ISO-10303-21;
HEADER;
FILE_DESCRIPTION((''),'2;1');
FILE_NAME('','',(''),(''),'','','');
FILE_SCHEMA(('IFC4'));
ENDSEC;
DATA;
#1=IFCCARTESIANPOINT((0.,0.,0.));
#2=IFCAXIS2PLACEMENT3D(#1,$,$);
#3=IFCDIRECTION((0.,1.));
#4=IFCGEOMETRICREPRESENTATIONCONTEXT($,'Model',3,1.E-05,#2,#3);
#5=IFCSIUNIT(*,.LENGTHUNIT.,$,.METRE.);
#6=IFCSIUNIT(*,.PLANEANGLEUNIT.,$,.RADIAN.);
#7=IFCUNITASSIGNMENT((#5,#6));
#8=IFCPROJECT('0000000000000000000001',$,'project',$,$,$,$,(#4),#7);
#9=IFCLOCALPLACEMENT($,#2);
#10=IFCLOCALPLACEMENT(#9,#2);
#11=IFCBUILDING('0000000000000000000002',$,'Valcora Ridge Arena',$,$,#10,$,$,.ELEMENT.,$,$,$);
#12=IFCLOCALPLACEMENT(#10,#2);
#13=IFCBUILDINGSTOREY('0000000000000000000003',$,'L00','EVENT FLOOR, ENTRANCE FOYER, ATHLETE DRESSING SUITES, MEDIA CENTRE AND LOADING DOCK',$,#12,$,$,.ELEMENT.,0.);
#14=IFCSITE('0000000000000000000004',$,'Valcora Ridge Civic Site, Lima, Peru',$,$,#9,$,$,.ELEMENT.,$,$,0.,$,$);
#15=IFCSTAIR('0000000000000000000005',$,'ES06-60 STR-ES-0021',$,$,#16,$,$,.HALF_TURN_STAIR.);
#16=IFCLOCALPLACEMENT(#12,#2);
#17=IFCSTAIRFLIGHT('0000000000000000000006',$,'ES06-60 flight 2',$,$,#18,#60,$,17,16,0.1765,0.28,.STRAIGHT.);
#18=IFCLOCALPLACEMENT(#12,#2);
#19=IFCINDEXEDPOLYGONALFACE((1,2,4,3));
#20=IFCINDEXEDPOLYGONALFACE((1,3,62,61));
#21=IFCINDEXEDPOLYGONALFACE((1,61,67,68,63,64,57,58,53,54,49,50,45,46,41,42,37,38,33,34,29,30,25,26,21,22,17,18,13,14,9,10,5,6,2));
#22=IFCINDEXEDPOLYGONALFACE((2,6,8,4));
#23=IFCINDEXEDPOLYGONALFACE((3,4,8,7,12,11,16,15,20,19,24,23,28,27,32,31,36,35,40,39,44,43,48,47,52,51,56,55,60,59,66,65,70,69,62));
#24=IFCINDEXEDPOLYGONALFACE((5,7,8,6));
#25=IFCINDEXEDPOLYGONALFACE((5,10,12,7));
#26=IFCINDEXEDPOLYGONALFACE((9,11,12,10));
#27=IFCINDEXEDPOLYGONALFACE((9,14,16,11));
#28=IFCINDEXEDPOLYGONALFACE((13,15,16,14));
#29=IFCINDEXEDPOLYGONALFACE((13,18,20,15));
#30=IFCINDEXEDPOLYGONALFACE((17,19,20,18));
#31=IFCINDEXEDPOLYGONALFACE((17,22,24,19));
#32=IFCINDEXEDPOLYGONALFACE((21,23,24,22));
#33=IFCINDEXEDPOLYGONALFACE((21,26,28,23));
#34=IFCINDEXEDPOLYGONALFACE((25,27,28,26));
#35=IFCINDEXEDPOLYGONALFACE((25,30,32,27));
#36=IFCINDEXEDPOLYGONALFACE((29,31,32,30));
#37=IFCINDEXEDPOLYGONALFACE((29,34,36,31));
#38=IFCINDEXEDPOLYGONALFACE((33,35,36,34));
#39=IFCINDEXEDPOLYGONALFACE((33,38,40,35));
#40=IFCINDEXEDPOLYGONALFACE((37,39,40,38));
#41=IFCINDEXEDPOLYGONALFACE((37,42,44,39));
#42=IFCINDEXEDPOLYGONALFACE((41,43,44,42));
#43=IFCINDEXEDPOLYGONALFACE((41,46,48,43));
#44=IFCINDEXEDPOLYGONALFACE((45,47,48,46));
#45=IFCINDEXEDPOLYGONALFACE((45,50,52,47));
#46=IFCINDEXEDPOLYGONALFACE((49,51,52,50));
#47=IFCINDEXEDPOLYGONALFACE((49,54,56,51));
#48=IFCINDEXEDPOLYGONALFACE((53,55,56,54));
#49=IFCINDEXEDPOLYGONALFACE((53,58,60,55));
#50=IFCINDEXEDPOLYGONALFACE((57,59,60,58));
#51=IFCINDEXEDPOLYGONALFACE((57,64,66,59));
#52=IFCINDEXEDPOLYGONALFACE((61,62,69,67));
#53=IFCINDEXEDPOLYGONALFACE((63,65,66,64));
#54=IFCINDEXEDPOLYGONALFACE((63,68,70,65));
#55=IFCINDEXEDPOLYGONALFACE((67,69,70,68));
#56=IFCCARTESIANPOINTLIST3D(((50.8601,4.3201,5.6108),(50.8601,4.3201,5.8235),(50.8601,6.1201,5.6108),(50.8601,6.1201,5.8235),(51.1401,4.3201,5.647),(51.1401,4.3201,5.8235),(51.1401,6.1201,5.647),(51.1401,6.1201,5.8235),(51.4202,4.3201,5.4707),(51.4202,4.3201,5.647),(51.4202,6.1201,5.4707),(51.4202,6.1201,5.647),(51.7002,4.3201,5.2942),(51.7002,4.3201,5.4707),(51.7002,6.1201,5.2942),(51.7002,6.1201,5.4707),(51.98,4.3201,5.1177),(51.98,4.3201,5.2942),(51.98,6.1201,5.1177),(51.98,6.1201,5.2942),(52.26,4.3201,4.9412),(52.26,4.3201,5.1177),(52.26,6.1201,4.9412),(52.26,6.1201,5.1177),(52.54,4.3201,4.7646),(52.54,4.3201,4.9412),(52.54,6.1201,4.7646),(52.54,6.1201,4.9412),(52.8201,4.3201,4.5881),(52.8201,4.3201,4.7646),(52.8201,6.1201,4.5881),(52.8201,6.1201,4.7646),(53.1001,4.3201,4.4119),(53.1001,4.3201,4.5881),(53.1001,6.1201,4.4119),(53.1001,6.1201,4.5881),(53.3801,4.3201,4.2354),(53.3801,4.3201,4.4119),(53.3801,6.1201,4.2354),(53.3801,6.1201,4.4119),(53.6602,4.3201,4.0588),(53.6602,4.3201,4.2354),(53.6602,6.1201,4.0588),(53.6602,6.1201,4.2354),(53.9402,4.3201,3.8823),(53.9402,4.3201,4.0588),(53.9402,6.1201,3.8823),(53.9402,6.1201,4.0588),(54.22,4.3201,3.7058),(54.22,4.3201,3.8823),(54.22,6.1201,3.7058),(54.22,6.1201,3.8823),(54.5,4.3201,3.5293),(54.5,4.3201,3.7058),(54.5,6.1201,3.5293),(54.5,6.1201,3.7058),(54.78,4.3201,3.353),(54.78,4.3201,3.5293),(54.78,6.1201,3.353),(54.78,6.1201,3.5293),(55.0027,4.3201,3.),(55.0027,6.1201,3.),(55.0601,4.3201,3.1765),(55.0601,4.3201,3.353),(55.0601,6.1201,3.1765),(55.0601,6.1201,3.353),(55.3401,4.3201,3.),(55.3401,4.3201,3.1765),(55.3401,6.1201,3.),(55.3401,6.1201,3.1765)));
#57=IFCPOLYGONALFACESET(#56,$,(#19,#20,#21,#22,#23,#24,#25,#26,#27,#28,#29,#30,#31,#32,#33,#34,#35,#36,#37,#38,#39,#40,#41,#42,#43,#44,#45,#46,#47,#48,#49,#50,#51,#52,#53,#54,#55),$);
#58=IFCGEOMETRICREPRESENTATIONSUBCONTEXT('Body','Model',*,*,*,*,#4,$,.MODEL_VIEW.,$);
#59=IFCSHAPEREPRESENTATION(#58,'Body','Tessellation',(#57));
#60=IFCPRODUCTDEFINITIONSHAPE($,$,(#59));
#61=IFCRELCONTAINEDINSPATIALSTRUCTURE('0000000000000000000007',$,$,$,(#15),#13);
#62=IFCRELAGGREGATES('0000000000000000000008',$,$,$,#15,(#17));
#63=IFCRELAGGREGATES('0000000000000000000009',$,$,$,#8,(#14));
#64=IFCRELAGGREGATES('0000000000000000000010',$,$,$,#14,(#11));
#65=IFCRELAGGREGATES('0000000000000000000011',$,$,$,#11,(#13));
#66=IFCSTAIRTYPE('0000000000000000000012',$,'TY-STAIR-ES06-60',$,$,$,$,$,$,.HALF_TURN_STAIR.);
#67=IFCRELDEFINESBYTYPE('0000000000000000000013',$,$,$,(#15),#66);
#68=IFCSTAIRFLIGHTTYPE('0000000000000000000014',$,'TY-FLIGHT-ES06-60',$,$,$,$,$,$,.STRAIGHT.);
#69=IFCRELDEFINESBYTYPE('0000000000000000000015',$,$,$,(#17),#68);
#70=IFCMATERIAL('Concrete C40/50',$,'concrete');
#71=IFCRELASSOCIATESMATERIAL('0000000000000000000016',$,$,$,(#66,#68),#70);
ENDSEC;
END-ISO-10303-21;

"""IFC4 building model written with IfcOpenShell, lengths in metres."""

from ifc_helpers import new_model, si_unit, direction, frame, origin, place, context, subcontext, project, spatial, polyline, outline, extrude, material, type_object, element, aggregate, save


model = new_model("IFC4")

# Units and contexts
model_context = context("Model", 3, precision=1e-05, world=origin(), true_north=direction((0.0, 1.0)))
body_context = subcontext(model_context, "Body", "Model", "MODEL_VIEW")
ifc_project = project(units=[si_unit("LENGTHUNIT", "METRE"), si_unit("PLANEANGLEUNIT", "RADIAN")], contexts=[model_context])

# Site, building, storey
site_placement = place(None, origin())
site = spatial("IfcSite", under=ifc_project, at=site_placement, Name="Valcora Ridge Civic Site, Lima, Peru", CompositionType="ELEMENT", RefElevation=0.0)
building_placement = place(site_placement, origin())
building = spatial("IfcBuilding", under=site, at=building_placement, Name="Valcora Ridge Arena", CompositionType="ELEMENT")
storey_placement = place(building_placement, origin())
storey = spatial("IfcBuildingStorey", under=building, at=storey_placement, Name="L00", Description="EVENT FLOOR, ENTRANCE FOYER, ATHLETE DRESSING SUITES, MEDIA CENTRE AND LOADING DOCK", CompositionType="ELEMENT", Elevation=0.0)

# Shared definitions
ifc_material_1 = material(Name="Concrete C40/50", Category="concrete")

# Stair, stair flight
stair_type = type_object("IfcStairType", Name="TY-STAIR-ES06-60", PredefinedType="HALF_TURN_STAIR", material=ifc_material_1)
stair_placement = place(storey_placement, origin())
stair = element("IfcStair", 1, at=stair_placement, inside=storey, type_object=stair_type, Name="ES06-60 STR-ES-0021", PredefinedType="HALF_TURN_STAIR")
stair_flight_type = type_object("IfcStairFlightType", Name="TY-FLIGHT-ES06-60", PredefinedType="STRAIGHT", material=ifc_material_1)
stair_flight_placement = place(storey_placement, frame((55.3401, 5.22, 3.0), z_axis=(0.0, 0.0, 1.0), x_axis=(-1.0, 0.0, 0.0)))
stair_flight = element("IfcStairFlight", 2, at=stair_flight_placement, type_object=stair_flight_type, Name="ES06-60 flight 2", NumberOfRisers=17, NumberOfTreads=16, PredefinedType="STRAIGHT", RiserHeight=0.1765, TreadLength=0.28, context=body_context, shape_type="SweptSolid", body=[
    extrude(outline(polyline([(0.0, 0.0), (0.0, 0.1765), (0.28, 0.1765), (0.28, 0.353), (0.5601, 0.353), (0.5601, 0.5293), (0.8401, 0.5293), (0.8401, 0.7058), (1.1201, 0.7058), (1.1201, 0.8823), (1.3999, 0.8823), (1.3999, 1.0588), (1.6799, 1.0588), (1.6799, 1.2354), (1.96, 1.2354), (1.96, 1.4119), (2.24, 1.4119), (2.24, 1.5881), (2.52, 1.5881), (2.52, 1.7646), (2.8, 1.7646), (2.8, 1.9412), (3.0801, 1.9412), (3.0801, 2.1177), (3.3601, 2.1177), (3.3601, 2.2942), (3.6399, 2.2942), (3.6399, 2.4707), (3.9199, 2.4707), (3.9199, 2.647), (4.2, 2.647), (4.2, 2.8235), (4.48, 2.8235), (4.48, 3.0), (4.48, 2.6108), (0.3374, 0.0), (0.0, 0.0)])), frame((0.0, 0.8999, 0.0), z_axis=(0.0, -1.0, 0.0), x_axis=(1.0, 0.0, 0.0)), (0.0, 0.0, 1.0), 1.8),
])
aggregate(stair, [stair_flight])

save(model, "model.ifc")
